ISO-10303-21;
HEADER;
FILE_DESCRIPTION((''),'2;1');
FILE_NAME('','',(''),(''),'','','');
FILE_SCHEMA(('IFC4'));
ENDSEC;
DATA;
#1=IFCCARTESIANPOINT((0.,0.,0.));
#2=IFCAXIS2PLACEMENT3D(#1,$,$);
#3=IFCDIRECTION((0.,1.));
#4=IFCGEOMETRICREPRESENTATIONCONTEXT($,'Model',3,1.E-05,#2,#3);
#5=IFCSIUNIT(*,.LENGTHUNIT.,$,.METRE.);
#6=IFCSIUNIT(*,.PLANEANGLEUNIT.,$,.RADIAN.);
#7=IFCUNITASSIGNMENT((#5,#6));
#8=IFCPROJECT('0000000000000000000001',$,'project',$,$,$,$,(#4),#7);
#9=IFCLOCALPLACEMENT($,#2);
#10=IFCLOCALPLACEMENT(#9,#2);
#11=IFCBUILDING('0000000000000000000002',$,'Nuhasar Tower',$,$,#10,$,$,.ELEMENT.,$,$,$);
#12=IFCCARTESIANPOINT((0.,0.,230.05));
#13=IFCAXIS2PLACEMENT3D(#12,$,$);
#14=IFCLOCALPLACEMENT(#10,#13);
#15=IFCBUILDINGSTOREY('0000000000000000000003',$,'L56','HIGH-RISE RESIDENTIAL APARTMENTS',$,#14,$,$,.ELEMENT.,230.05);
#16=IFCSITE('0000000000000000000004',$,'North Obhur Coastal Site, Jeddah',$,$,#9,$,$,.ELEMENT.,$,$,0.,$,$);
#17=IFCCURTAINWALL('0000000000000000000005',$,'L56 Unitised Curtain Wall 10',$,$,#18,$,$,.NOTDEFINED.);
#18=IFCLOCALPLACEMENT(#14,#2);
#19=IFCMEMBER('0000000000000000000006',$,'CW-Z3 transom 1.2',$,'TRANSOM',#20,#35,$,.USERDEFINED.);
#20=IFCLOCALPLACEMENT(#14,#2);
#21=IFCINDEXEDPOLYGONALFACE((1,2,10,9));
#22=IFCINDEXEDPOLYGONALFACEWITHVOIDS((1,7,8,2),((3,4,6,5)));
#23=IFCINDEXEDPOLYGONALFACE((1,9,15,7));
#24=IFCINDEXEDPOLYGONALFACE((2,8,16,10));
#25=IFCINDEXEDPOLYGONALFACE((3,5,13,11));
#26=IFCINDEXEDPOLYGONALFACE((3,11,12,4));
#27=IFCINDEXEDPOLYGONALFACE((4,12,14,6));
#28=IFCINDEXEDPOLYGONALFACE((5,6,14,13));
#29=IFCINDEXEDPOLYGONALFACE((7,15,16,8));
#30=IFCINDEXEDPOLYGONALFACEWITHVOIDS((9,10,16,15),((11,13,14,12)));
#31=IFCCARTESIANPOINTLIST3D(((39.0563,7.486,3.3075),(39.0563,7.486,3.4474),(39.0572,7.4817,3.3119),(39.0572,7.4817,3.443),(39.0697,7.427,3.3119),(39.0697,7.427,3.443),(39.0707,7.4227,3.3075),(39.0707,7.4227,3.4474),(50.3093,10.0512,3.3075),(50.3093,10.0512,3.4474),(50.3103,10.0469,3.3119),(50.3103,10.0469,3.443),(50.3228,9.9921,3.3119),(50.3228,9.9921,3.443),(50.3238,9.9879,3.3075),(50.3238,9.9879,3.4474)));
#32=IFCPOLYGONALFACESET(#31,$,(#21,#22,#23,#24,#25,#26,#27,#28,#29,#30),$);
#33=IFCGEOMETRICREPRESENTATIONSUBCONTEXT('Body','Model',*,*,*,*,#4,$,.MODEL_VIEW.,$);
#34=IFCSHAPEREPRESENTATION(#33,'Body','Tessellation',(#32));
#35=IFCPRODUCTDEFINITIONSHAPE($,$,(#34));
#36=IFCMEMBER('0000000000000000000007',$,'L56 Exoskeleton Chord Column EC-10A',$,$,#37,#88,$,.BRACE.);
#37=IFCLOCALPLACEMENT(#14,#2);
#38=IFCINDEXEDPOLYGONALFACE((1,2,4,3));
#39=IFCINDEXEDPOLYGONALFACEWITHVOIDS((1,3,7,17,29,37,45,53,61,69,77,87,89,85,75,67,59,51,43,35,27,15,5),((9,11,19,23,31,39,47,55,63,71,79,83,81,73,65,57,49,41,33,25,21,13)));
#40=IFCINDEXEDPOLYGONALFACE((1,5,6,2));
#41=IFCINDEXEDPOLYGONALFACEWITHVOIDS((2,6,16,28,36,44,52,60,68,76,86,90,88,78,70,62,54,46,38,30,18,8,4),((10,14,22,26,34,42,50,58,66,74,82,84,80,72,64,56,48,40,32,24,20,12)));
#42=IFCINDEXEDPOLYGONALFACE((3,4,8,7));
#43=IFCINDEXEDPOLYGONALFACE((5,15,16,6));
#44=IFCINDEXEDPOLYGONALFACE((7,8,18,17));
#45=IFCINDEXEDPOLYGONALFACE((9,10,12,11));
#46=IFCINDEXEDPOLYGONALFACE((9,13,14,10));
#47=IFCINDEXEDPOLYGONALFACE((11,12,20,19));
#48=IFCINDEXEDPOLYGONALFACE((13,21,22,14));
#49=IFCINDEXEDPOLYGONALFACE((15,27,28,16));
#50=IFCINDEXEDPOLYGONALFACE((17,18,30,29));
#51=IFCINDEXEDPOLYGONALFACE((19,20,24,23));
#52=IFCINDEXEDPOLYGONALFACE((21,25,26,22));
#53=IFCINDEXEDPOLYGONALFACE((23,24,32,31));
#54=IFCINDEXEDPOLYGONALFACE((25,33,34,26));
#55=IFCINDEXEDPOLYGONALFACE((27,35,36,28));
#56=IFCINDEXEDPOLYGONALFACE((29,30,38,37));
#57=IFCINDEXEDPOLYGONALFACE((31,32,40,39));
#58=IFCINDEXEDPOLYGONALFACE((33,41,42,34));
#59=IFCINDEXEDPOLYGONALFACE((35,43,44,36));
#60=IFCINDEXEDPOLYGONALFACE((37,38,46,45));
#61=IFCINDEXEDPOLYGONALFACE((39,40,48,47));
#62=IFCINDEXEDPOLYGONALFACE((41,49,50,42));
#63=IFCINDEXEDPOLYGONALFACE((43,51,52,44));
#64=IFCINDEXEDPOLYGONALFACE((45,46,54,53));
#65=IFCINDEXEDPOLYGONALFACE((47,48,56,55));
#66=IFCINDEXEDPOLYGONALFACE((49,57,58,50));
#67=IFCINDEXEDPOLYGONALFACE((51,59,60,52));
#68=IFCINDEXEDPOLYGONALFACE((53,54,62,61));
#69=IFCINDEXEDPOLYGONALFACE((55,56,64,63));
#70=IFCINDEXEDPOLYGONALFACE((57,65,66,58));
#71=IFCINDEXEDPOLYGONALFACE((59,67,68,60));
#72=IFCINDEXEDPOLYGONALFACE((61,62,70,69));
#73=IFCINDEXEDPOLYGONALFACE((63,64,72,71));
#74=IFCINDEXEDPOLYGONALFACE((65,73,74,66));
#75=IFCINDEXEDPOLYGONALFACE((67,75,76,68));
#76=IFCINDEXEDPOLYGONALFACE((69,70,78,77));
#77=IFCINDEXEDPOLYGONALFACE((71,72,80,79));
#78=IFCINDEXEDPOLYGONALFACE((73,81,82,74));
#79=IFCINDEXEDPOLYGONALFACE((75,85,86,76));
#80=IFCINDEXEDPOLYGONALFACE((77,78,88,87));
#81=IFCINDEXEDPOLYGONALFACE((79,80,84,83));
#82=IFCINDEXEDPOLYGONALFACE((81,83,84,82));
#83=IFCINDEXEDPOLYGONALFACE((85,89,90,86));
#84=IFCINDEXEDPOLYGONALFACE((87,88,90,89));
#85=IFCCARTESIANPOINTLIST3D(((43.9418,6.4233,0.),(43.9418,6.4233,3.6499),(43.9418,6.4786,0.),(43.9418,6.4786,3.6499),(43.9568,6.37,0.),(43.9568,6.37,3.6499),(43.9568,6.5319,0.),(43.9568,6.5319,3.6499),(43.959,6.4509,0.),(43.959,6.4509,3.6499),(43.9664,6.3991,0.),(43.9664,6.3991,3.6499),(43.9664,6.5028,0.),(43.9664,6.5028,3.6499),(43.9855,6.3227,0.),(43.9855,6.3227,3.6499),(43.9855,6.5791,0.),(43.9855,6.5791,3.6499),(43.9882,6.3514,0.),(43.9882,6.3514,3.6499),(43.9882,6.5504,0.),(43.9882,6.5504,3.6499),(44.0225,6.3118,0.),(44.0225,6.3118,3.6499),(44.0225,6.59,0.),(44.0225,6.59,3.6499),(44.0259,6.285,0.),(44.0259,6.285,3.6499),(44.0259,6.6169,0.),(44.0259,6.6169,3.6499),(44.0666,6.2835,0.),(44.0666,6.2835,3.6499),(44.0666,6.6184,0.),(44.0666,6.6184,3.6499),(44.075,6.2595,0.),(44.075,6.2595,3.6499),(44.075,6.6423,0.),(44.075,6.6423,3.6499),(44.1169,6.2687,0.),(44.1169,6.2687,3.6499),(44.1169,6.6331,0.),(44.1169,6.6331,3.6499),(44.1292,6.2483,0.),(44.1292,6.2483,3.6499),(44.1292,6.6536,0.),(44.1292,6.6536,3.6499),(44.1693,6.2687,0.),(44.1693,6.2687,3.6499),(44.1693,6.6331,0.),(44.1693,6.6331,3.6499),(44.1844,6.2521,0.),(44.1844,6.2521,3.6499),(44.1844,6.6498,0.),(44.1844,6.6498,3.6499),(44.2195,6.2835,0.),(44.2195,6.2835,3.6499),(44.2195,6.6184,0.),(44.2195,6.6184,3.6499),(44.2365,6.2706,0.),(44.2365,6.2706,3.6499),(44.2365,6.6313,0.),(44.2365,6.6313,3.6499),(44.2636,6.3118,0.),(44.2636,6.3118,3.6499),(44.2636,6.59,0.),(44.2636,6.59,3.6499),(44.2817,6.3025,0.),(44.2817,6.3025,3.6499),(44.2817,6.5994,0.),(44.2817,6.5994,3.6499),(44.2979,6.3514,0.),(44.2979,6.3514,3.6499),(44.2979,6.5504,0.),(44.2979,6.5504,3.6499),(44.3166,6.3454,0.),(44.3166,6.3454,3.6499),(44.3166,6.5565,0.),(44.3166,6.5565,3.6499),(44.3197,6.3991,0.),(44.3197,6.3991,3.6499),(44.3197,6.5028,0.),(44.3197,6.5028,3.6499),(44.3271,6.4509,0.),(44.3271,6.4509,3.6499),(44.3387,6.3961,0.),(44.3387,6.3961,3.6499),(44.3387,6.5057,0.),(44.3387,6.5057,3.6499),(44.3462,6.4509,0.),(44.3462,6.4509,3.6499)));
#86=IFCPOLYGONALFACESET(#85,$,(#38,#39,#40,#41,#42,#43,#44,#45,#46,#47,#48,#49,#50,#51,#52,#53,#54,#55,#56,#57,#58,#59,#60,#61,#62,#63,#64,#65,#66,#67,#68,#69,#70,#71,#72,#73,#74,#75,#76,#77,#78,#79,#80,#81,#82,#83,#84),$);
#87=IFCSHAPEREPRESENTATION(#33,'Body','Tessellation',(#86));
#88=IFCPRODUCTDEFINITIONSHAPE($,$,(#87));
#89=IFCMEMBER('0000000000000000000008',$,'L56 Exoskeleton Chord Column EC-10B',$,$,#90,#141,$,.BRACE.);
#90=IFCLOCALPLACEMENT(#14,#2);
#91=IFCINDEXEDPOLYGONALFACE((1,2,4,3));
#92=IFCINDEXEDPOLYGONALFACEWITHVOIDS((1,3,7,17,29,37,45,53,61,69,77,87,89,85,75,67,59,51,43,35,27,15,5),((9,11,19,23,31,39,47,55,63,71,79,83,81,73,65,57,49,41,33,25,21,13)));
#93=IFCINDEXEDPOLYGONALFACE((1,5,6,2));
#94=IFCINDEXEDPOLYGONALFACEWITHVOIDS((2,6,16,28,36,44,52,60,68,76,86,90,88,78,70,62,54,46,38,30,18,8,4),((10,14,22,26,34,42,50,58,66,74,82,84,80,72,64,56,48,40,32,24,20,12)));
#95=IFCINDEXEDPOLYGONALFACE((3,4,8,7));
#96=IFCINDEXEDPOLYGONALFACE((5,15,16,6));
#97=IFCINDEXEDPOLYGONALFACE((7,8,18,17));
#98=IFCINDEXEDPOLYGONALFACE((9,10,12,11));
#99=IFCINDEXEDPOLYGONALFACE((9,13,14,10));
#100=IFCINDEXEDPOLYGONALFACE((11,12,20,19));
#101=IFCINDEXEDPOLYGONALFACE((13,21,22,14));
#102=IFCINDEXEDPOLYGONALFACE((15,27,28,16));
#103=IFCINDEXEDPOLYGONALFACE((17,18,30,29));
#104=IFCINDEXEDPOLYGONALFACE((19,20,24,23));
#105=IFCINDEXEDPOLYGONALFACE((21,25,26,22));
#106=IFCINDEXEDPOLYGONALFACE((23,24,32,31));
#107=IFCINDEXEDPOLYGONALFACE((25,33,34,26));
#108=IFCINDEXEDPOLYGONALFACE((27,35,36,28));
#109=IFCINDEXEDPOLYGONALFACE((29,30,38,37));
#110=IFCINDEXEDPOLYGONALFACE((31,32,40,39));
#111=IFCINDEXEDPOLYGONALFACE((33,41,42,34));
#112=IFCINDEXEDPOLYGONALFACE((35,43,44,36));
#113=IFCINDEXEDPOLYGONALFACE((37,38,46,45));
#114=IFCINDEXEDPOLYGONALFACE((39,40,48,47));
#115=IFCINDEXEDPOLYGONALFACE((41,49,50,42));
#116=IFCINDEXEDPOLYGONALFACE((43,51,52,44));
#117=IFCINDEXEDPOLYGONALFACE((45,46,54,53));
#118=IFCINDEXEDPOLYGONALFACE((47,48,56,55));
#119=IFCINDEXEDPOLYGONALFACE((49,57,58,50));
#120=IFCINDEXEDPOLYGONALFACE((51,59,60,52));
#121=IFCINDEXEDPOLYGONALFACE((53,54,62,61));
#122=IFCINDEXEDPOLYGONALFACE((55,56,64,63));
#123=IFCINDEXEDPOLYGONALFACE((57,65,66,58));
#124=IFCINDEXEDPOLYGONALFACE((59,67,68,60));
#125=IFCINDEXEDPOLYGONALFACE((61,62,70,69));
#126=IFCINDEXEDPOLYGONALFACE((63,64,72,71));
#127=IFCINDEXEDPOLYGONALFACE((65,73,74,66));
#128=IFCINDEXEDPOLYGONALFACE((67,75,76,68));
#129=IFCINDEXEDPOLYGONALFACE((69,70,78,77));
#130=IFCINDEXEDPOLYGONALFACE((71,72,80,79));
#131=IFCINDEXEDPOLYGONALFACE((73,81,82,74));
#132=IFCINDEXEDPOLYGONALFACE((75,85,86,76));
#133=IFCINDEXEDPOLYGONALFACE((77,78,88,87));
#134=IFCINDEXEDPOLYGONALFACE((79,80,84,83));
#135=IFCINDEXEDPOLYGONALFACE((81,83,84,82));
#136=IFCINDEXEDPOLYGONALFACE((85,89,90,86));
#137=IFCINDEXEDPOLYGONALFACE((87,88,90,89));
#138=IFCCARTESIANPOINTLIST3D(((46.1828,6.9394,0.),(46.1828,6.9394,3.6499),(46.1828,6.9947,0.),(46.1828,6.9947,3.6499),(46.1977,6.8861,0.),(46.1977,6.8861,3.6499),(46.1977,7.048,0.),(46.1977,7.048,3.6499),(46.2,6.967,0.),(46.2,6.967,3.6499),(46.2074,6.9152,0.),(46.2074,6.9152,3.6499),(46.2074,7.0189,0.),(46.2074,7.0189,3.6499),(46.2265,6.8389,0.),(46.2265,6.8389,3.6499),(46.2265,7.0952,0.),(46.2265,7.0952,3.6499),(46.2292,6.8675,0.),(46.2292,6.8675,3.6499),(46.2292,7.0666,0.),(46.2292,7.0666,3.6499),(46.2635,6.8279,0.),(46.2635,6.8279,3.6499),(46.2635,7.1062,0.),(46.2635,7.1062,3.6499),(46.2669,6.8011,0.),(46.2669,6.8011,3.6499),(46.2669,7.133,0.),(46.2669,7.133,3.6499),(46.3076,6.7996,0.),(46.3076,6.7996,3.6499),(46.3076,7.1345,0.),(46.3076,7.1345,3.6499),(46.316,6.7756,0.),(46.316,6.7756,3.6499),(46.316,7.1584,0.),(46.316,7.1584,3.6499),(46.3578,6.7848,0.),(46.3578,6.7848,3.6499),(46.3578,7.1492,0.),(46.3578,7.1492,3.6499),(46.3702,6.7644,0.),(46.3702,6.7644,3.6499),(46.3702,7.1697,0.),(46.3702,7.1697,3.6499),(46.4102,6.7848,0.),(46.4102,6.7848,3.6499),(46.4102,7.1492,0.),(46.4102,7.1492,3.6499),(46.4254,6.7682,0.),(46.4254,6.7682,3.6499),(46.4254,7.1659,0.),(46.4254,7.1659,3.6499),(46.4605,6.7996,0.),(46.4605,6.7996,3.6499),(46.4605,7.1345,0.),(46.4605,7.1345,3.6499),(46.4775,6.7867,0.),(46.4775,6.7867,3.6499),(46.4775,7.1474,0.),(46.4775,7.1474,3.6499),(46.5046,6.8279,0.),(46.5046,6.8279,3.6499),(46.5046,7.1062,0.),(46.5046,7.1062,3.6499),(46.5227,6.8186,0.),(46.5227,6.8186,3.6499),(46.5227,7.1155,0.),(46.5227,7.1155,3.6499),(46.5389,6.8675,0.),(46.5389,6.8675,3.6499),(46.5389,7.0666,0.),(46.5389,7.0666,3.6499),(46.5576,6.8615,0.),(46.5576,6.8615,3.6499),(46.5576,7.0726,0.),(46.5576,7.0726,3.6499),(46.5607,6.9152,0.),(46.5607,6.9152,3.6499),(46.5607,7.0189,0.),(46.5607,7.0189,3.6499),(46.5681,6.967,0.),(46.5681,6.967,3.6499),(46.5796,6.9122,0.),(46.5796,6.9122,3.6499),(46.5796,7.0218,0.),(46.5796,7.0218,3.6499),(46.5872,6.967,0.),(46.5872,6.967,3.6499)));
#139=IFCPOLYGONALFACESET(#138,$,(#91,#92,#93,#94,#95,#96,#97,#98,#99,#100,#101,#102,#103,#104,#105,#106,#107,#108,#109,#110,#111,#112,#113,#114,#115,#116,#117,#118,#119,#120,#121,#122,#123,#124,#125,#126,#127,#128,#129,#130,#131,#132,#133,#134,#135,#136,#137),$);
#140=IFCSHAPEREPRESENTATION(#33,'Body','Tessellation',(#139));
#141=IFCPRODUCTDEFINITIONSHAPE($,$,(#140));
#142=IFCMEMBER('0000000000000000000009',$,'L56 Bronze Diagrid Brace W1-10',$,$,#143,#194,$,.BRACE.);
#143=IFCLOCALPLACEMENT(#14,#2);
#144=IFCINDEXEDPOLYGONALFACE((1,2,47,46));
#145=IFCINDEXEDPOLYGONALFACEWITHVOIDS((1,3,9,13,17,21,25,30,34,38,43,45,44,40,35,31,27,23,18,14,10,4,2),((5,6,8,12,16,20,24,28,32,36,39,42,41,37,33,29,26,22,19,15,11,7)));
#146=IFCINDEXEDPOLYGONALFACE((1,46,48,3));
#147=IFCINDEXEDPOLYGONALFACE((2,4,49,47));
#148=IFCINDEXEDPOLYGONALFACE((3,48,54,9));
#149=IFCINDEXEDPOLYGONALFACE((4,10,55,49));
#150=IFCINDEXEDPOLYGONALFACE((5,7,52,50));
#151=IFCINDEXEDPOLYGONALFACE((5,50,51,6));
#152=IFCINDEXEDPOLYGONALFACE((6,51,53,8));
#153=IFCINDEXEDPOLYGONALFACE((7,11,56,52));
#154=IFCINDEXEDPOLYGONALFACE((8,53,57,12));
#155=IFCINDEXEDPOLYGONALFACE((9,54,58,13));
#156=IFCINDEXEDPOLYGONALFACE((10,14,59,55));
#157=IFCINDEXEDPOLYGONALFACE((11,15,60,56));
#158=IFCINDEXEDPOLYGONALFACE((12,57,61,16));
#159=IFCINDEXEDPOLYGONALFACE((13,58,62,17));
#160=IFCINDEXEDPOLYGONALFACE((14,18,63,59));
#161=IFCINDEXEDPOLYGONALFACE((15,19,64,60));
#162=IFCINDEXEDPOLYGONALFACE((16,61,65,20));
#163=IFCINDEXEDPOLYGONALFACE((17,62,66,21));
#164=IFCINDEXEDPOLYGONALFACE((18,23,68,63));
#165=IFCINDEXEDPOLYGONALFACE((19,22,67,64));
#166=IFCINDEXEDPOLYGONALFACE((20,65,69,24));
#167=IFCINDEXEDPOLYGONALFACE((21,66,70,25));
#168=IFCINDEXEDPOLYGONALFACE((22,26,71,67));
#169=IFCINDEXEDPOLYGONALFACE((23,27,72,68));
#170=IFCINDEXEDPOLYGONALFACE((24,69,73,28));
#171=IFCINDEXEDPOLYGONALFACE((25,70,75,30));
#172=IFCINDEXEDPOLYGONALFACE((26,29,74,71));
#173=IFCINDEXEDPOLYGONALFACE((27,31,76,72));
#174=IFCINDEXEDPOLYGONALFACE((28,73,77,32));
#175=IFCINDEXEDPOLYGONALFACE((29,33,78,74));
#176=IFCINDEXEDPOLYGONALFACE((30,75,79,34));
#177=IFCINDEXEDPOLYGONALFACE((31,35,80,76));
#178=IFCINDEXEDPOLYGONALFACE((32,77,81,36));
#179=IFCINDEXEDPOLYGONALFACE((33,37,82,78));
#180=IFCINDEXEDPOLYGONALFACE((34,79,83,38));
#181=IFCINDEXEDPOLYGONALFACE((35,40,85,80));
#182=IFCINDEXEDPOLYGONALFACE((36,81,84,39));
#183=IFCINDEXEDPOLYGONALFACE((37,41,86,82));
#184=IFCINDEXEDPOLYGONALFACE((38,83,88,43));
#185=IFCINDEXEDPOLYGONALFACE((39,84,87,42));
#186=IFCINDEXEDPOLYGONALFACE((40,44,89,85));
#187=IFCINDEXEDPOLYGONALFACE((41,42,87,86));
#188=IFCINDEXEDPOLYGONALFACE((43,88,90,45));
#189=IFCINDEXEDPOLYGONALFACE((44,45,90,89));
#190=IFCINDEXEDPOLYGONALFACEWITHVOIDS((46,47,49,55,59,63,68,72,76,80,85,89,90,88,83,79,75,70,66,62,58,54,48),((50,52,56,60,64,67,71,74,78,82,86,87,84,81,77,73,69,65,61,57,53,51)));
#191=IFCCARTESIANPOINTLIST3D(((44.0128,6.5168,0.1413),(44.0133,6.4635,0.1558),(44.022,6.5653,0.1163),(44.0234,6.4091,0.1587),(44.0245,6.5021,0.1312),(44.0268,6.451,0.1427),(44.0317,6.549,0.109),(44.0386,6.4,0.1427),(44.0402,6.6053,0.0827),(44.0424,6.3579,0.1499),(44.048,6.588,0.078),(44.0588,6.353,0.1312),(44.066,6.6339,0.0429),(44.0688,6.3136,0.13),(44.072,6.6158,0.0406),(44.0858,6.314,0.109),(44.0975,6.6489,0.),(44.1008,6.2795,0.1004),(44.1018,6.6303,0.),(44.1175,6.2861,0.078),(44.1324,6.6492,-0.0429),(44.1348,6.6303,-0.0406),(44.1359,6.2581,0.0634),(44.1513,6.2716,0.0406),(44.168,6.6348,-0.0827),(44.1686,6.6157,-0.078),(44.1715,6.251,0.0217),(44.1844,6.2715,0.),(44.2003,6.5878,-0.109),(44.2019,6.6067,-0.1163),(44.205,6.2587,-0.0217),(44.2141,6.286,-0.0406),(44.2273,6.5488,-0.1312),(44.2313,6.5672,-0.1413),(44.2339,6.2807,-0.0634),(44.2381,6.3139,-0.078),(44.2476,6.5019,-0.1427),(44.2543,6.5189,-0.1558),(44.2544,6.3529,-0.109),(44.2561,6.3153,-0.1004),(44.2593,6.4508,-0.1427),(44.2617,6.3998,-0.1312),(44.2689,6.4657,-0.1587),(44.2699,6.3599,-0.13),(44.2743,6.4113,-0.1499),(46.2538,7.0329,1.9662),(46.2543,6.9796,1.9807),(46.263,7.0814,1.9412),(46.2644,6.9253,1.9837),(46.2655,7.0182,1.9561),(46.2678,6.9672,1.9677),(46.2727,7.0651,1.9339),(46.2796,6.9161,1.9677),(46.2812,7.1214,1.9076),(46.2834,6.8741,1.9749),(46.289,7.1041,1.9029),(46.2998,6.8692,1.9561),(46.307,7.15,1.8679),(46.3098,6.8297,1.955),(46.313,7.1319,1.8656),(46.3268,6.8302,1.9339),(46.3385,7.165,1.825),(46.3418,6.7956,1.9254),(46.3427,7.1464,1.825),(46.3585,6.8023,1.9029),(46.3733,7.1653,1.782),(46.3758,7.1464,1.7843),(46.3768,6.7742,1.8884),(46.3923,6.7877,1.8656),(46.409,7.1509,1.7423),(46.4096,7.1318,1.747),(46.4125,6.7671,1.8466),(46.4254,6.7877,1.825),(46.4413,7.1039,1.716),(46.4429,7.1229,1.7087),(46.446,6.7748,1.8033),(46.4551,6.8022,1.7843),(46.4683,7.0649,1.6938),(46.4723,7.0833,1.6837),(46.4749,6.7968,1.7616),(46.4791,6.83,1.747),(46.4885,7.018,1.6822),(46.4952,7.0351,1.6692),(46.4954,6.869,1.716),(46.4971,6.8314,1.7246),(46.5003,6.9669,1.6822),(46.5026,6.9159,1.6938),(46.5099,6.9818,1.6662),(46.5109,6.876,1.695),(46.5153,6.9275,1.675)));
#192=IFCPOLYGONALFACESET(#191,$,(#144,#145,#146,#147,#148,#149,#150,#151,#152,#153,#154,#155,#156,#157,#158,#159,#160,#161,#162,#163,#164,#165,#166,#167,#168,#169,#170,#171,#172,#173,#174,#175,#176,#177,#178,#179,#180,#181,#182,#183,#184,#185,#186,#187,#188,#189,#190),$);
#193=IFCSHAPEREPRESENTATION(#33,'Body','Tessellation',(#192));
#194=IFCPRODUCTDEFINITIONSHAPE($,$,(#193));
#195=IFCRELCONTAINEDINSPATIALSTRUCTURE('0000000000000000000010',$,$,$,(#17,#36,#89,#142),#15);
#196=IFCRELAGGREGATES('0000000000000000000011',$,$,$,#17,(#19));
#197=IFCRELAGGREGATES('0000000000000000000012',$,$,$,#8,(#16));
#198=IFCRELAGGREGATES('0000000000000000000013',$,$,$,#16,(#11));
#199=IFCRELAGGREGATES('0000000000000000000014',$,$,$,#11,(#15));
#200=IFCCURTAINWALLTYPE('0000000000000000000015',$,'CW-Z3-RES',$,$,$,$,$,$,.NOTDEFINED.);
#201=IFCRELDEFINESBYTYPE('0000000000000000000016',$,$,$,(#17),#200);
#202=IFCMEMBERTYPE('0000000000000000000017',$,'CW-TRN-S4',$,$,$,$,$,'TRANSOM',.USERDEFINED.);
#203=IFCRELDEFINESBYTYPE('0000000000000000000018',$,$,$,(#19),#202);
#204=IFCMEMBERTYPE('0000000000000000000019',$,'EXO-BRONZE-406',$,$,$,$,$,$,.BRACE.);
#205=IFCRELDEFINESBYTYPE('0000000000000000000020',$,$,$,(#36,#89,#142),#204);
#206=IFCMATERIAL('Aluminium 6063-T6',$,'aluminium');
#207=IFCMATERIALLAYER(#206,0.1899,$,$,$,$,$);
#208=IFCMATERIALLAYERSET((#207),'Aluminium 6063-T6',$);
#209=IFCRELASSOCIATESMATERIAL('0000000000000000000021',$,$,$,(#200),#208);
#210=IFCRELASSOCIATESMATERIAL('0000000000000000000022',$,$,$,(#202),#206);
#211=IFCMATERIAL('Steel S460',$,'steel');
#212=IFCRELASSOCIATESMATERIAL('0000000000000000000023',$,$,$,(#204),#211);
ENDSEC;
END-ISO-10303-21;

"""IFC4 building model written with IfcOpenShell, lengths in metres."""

from ifc_helpers import new_model, si_unit, direction, frame, origin, origin_2d, place, context, subcontext, project, spatial, hollow_rectangle, hollow_circle, extrude, material, layer, layer_set, material_profile, profile_set, type_object, element, aggregate, save


model = new_model("IFC4")

# Units and contexts
model_context = context("Model", 3, precision=1e-05, world=origin(), true_north=direction((0.0, 1.0)))
body_context = subcontext(model_context, "Body", "Model", "MODEL_VIEW")
ifc_project = project(units=[si_unit("LENGTHUNIT", "METRE"), si_unit("PLANEANGLEUNIT", "RADIAN")], contexts=[model_context])

# Site, building, storey
site_placement = place(None, origin())
site = spatial("IfcSite", under=ifc_project, at=site_placement, Name="North Obhur Coastal Site, Jeddah", CompositionType="ELEMENT", RefElevation=0.0)
building_placement = place(site_placement, origin())
building = spatial("IfcBuilding", under=site, at=building_placement, Name="Nuhasar Tower", CompositionType="ELEMENT")
storey_placement = place(building_placement, frame((0.0, 0.0, 230.05)))
storey = spatial("IfcBuildingStorey", under=building, at=storey_placement, Name="L56", Description="HIGH-RISE RESIDENTIAL APARTMENTS", CompositionType="ELEMENT", Elevation=230.05)

# Curtain wall, member
ifc_material_1 = material(Name="Aluminium 6063-T6", Category="aluminium")
ifc_layer_1 = layer(ifc_material_1, 0.1899)
ifc_layer_set_1 = layer_set([ifc_layer_1], Name="Aluminium 6063-T6")
curtain_wall_type = type_object("IfcCurtainWallType", Name="CW-Z3-RES", PredefinedType="NOTDEFINED", material=ifc_layer_set_1)
curtain_wall_placement = place(storey_placement, origin())
curtain_wall = element("IfcCurtainWall", 1, at=curtain_wall_placement, inside=storey, type_object=curtain_wall_type, Name="L56 Unitised Curtain Wall 10", PredefinedType="NOTDEFINED")
ifc_material_profile_1 = material_profile(ifc_material_1, hollow_rectangle(XDim=0.0649, YDim=0.1399, WallThickness=0.0044, at=origin_2d()), Name="CWT-4")
ifc_profile_set_1 = profile_set([ifc_material_profile_1], Name="Aluminium 6063-T6")
member_type_1 = type_object("IfcMemberType", Name="CW-TRN-S4", ElementType="TRANSOM", PredefinedType="USERDEFINED", material=ifc_profile_set_1)
member_1_placement = place(storey_placement, frame((39.0635, 7.4543, 3.3774), z_axis=(0.974989, 0.222251, 0.0), x_axis=(-0.222251, 0.974989, 0.0)))
member_1 = element("IfcMember", 2, at=member_1_placement, type_object=member_type_1, Name="CW-Z3 transom 1.2", ObjectType="TRANSOM", PredefinedType="USERDEFINED", context=body_context, shape_type="SweptSolid", body=[
    extrude(hollow_rectangle(XDim=0.0649, YDim=0.1399, WallThickness=0.0044, at=origin_2d()), origin(), (0.0, 0.0, 1.0), 11.5417),
])

# Members
ifc_material_2 = material(Name="Steel S460", Category="steel")
ifc_material_profile_2 = material_profile(ifc_material_2, hollow_circle(Radius=0.2031, WallThickness=0.019, at=origin_2d()), Name="HSS406.4X19.1")
ifc_profile_set_2 = profile_set([ifc_material_profile_2], Name="Steel S460")
member_type_2 = type_object("IfcMemberType", Name="EXO-BRONZE-406", PredefinedType="BRACE", material=ifc_profile_set_2)
for number, where, z_axis, x_axis, name in (
    (3, (44.1431, 6.4509, 0.0), (0.0, 0.0, 1.0), (1.0, 0.0, 0.0), "L56 Exoskeleton Chord Column EC-10A"),
    (4, (46.384, 6.967, 0.0), (0.0, 0.0, 1.0), (1.0, 0.0, 0.0), "L56 Exoskeleton Chord Column EC-10B"),
):
    element("IfcMember", number, at=place(storey_placement, frame(where, z_axis=z_axis, x_axis=x_axis)), inside=storey, type_object=member_type_2, Name=name, PredefinedType="BRACE", context=body_context, shape_type="SweptSolid", body=[
        extrude(hollow_circle(Radius=0.2031, WallThickness=0.019, at=origin_2d()), origin(), (0.0, 0.0, 1.0), 3.6499),
    ])
for number, where, z_axis, x_axis, name in (
    (5, (44.1431, 6.4509, 0.0), (0.763332, 0.175802, 0.621626), (-0.224433, 0.97449, 0.0), "L56 Bronze Diagrid Brace W1-10"),
):
    element("IfcMember", number, at=place(storey_placement, frame(where, z_axis=z_axis, x_axis=x_axis)), inside=storey, type_object=member_type_2, Name=name, PredefinedType="BRACE", context=body_context, shape_type="SweptSolid", body=[
        extrude(hollow_circle(Radius=0.2031, WallThickness=0.019, at=origin_2d()), origin(), (0.0, 0.0, 1.0), 2.9358),
    ])

aggregate(curtain_wall, [member_1])

save(model, "model.ifc")
